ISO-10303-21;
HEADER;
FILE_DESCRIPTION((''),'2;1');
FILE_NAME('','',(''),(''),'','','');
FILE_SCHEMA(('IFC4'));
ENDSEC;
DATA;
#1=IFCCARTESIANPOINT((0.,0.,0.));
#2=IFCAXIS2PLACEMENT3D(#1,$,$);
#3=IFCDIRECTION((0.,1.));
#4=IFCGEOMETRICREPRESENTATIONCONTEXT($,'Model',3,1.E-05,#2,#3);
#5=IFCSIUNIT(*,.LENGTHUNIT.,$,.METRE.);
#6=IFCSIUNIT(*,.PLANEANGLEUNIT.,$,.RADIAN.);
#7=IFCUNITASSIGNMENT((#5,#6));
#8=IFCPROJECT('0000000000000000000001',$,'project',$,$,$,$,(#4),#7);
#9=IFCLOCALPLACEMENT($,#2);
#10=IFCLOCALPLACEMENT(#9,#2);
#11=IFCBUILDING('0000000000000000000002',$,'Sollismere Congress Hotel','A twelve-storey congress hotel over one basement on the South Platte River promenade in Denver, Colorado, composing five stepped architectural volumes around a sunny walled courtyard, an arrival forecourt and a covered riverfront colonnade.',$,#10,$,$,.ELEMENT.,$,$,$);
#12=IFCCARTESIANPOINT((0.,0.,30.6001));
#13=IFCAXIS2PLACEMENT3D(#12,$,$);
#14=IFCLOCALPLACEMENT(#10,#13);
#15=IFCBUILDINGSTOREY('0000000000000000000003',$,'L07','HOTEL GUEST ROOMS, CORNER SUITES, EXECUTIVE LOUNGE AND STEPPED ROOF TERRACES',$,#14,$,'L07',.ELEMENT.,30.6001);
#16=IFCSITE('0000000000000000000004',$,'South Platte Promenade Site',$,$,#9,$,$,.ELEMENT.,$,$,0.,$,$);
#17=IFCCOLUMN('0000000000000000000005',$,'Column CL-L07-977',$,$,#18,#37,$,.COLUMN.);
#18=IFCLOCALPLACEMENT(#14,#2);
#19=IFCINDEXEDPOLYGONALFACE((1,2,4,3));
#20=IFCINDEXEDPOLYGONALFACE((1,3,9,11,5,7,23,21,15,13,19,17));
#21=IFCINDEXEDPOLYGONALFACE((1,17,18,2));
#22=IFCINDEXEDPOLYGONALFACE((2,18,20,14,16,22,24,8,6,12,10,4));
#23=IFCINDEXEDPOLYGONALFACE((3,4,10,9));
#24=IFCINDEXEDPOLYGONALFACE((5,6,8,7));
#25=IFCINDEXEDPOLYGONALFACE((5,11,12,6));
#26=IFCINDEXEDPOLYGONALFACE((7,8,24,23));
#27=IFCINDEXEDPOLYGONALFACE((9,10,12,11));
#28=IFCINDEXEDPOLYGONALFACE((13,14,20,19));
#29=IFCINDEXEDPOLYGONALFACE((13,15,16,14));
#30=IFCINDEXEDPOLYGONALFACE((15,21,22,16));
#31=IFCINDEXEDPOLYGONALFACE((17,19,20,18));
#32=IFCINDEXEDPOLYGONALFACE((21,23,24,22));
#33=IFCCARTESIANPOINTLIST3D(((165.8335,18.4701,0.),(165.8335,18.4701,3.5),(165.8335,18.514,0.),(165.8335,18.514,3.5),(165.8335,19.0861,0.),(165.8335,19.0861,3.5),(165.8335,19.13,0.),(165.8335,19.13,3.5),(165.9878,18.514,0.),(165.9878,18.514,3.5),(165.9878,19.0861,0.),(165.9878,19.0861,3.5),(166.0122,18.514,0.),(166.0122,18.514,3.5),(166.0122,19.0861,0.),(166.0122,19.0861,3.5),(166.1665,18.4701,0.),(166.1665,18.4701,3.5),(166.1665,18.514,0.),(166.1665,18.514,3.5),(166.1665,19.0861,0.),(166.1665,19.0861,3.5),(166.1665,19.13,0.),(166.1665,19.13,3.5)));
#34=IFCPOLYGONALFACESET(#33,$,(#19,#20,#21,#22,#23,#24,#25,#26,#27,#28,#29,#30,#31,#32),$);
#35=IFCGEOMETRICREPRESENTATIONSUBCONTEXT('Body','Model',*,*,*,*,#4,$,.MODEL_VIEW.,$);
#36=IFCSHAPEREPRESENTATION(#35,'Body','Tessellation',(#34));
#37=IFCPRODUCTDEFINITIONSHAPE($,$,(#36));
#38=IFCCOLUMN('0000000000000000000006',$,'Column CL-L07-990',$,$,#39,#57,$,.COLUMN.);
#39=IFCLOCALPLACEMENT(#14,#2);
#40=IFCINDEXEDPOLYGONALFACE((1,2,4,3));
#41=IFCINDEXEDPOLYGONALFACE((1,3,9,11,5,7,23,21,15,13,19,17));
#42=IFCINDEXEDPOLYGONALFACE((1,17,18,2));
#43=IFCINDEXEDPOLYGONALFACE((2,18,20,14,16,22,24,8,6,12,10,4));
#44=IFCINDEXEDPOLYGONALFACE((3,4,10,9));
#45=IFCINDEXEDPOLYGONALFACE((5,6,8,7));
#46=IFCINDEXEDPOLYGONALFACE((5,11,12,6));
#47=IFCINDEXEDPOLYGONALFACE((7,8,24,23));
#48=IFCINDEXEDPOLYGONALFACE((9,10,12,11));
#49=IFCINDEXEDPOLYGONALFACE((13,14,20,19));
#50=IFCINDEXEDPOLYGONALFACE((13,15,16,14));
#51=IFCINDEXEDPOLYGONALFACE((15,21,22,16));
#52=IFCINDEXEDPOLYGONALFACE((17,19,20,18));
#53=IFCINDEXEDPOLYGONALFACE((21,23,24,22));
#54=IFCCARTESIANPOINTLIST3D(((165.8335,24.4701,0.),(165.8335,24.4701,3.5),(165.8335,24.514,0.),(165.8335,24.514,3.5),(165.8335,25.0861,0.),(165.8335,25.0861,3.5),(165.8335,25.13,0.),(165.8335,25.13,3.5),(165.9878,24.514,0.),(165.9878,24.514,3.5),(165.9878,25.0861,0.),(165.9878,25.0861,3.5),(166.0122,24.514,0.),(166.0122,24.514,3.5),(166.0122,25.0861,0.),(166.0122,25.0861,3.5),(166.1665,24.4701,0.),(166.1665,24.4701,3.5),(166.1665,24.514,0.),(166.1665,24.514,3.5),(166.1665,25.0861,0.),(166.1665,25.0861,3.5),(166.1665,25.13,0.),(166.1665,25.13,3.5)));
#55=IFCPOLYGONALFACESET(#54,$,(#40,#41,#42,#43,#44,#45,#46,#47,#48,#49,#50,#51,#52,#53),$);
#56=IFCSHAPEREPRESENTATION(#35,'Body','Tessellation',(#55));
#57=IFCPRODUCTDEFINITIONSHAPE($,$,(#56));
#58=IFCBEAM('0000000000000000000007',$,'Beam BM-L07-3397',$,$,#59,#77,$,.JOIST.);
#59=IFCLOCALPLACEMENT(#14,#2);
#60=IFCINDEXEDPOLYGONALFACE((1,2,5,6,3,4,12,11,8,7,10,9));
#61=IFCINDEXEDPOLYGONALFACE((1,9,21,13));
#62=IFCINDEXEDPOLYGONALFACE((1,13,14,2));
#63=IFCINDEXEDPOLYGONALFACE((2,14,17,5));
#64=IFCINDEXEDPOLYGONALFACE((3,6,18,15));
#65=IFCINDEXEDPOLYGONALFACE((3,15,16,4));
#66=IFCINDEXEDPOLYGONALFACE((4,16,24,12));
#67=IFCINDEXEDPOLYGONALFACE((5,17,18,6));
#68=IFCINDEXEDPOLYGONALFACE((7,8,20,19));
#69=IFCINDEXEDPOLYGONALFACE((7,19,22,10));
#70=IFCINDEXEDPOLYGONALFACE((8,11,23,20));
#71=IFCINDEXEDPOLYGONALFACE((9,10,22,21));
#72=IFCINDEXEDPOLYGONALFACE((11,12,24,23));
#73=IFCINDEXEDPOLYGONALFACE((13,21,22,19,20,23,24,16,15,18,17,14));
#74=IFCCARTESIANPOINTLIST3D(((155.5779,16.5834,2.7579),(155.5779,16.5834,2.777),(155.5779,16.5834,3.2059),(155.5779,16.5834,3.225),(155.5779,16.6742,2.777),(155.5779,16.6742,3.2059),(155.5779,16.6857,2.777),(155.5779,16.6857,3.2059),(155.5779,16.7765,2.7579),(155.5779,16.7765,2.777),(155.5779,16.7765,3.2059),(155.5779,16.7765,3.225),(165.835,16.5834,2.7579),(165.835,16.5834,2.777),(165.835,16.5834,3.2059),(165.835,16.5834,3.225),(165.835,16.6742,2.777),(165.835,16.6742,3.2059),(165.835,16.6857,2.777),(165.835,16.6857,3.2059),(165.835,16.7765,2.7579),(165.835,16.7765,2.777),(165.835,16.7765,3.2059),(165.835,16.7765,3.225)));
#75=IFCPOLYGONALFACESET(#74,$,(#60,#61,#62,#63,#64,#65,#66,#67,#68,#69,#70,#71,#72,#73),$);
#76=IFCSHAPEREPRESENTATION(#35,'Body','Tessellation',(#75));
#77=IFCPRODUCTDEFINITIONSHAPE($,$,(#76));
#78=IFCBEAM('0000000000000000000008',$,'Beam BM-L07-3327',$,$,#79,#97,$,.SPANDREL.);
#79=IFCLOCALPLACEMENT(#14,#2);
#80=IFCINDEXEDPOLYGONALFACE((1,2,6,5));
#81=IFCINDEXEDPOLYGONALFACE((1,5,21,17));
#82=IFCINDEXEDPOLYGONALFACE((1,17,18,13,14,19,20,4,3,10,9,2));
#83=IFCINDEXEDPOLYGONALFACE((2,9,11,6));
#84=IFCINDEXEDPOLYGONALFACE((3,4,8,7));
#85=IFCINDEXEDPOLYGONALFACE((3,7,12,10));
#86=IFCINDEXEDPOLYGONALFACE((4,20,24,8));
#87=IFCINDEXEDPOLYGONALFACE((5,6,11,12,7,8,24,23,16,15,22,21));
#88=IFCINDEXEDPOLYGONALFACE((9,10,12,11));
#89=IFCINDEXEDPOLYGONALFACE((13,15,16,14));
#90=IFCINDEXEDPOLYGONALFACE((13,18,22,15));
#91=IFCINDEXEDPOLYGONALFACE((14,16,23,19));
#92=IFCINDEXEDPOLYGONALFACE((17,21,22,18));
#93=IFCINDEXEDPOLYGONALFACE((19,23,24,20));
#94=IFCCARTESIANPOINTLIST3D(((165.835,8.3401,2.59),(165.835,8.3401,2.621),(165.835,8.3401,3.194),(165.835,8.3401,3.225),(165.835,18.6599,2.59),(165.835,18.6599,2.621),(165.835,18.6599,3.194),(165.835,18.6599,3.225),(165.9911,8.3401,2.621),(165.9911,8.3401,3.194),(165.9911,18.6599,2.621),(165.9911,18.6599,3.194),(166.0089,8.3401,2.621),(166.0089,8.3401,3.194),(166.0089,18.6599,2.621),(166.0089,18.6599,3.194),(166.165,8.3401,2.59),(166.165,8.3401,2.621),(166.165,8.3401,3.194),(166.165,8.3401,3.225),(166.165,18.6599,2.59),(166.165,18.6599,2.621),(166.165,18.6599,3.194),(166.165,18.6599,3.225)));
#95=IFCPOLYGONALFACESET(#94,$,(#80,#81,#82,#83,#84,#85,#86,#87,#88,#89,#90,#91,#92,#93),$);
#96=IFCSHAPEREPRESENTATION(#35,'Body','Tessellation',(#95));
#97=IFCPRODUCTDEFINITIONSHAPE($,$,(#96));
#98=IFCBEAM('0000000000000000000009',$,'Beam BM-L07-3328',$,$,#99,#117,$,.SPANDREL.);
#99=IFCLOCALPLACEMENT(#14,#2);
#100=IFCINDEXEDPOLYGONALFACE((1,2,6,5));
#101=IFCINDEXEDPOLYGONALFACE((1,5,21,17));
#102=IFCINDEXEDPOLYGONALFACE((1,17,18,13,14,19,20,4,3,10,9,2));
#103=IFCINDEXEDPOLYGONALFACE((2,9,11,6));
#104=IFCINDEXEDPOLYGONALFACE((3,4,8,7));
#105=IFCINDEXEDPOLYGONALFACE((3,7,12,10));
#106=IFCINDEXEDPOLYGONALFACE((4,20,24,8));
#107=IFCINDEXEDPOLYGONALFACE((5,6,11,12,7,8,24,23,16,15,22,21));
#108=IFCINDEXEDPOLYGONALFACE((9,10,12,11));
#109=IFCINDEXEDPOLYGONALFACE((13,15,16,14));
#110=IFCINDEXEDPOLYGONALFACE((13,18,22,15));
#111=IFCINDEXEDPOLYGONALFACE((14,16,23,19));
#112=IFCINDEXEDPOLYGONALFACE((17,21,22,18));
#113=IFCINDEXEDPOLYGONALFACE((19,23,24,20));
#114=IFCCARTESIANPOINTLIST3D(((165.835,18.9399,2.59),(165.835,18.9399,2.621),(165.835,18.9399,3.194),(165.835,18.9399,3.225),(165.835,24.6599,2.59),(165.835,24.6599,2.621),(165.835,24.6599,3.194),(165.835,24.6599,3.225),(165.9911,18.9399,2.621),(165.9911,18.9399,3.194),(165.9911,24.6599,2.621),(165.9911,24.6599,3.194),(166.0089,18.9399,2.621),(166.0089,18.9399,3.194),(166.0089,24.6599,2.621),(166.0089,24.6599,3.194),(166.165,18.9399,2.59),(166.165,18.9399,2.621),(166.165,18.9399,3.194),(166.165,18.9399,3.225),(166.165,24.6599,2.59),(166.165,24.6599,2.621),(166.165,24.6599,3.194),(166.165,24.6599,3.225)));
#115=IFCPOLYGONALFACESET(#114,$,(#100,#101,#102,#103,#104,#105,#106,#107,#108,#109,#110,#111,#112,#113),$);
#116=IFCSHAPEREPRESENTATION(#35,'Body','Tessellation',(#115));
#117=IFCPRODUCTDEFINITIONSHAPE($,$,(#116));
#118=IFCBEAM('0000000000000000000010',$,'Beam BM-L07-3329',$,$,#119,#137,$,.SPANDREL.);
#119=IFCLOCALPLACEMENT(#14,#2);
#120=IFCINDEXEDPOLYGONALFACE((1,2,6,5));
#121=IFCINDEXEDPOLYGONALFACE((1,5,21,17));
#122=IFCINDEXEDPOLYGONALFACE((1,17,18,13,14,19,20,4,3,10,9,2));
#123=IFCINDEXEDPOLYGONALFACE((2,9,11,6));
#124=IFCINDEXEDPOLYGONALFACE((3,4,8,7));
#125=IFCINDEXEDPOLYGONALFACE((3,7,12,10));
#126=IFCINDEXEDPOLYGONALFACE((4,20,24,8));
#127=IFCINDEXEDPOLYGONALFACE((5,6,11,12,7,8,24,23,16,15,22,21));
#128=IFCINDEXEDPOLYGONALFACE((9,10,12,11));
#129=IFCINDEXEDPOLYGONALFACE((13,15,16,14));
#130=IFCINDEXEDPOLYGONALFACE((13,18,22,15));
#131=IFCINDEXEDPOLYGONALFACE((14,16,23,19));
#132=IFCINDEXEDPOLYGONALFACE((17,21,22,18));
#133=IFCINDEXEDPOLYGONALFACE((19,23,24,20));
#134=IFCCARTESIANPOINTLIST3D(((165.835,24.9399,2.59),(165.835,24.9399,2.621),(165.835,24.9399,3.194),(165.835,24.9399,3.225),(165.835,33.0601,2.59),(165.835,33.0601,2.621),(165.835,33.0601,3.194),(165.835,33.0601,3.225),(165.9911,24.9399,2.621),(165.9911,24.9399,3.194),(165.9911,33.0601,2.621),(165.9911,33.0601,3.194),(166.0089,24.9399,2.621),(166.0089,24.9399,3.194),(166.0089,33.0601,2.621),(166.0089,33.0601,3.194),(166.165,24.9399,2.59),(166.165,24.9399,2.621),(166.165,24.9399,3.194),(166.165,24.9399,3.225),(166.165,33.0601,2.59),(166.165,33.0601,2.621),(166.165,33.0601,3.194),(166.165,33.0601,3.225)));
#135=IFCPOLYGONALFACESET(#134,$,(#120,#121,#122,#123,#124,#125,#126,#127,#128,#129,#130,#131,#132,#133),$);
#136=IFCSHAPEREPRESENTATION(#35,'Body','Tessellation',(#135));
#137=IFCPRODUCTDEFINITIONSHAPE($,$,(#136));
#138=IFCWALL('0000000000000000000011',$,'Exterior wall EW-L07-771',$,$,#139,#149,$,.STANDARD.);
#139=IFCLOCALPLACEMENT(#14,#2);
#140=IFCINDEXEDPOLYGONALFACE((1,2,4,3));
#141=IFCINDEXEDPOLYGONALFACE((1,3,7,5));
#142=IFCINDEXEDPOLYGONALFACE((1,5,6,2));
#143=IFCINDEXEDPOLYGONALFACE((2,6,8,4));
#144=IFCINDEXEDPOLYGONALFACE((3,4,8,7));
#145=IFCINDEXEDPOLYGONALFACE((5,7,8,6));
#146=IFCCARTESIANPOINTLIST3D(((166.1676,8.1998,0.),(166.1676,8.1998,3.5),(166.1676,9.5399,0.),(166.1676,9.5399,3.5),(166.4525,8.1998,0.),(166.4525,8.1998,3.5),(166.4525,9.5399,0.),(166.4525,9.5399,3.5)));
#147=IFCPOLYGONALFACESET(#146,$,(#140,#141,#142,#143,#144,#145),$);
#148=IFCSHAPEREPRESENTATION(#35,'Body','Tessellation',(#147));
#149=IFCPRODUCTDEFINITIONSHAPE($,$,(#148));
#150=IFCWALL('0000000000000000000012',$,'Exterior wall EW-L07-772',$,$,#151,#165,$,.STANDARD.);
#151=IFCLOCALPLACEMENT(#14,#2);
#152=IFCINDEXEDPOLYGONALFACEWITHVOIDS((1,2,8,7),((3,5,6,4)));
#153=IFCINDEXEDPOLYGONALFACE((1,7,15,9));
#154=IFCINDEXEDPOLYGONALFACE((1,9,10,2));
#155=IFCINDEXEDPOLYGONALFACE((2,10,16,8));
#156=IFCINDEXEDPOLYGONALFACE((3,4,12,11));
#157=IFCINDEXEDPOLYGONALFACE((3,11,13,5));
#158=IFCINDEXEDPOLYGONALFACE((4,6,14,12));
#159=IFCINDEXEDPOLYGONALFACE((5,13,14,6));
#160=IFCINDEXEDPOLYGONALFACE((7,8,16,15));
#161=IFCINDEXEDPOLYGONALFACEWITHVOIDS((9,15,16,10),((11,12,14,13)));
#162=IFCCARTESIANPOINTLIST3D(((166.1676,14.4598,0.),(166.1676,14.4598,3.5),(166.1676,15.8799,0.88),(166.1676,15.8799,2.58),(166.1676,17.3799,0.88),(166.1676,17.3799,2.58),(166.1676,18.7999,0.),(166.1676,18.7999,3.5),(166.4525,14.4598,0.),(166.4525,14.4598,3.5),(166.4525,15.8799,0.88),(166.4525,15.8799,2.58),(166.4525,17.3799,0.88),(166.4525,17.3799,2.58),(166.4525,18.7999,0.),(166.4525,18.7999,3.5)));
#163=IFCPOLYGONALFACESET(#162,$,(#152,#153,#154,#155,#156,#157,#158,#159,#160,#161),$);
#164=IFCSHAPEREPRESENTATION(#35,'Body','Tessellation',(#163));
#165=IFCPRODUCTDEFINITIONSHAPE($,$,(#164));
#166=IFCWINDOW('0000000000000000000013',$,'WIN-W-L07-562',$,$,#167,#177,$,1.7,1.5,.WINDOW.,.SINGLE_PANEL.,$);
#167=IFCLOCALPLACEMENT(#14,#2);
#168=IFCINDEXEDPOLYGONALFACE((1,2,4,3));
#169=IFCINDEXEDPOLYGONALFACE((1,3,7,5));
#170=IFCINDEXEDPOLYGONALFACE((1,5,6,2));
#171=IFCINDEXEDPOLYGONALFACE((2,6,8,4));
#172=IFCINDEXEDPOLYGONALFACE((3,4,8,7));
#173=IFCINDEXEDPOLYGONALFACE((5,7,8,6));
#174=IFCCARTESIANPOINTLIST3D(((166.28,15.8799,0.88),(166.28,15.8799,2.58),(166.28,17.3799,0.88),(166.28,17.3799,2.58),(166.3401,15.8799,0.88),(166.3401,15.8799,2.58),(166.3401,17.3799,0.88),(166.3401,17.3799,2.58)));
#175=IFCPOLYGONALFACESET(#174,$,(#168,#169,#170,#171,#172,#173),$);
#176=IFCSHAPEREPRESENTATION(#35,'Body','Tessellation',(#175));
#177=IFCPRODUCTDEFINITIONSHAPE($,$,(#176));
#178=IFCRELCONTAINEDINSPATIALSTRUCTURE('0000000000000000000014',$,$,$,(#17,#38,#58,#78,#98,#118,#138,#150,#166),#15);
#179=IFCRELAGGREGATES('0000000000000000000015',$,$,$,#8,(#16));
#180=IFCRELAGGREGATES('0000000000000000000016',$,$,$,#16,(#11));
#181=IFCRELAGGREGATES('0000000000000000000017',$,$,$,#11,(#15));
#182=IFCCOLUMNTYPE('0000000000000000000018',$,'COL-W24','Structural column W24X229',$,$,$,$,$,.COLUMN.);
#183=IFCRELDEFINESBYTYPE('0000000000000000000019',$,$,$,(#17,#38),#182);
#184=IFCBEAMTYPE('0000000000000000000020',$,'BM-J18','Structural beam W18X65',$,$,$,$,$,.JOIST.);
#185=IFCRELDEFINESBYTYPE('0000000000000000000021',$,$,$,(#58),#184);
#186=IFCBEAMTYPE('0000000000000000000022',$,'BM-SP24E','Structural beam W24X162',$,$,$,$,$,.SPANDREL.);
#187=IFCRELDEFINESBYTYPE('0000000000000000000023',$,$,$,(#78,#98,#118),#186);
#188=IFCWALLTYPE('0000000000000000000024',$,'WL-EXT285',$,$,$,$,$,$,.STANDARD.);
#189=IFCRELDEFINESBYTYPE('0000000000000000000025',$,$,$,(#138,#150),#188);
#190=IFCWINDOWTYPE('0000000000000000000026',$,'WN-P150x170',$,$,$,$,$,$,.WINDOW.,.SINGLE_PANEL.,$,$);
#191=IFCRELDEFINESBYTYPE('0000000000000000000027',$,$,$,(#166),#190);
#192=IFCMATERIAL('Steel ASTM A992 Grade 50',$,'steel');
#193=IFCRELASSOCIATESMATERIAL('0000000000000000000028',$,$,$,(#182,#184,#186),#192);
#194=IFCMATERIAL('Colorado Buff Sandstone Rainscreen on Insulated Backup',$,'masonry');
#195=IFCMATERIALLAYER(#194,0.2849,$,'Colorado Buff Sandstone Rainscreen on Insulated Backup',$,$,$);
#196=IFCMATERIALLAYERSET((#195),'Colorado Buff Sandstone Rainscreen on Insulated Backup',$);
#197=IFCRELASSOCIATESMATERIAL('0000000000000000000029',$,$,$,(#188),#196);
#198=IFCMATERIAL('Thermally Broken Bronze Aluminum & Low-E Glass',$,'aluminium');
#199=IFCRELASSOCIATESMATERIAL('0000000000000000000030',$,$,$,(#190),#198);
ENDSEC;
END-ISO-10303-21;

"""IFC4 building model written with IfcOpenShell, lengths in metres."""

from ifc_helpers import new_model, si_unit, direction, frame, frame_2d, origin, origin_2d, place, context, subcontext, project, spatial, rectangle, i_section, extrude, material, layer, layer_set, material_profile, profile_set, type_object, element, fill, save


model = new_model("IFC4")

# Units and contexts
model_context = context("Model", 3, precision=1e-05, world=origin(), true_north=direction((0.0, 1.0)))
body_context = subcontext(model_context, "Body", "Model", "MODEL_VIEW")
ifc_project = project(units=[si_unit("LENGTHUNIT", "METRE"), si_unit("PLANEANGLEUNIT", "RADIAN")], contexts=[model_context])

# Site, building, storey
site_placement = place(None, origin())
site = spatial("IfcSite", under=ifc_project, at=site_placement, Name="South Platte Promenade Site", CompositionType="ELEMENT", RefElevation=0.0)
building_placement = place(site_placement, origin())
building = spatial("IfcBuilding", under=site, at=building_placement, Name="Sollismere Congress Hotel", Description="A twelve-storey congress hotel over one basement on the South Platte River promenade in Denver, Colorado, composing five stepped architectural volumes around a sunny walled courtyard, an arrival forecourt and a covered riverfront colonnade.", CompositionType="ELEMENT")
storey_placement = place(building_placement, frame((0.0, 0.0, 30.6001)))
storey = spatial("IfcBuildingStorey", under=building, at=storey_placement, Name="L07", Description="HOTEL GUEST ROOMS, CORNER SUITES, EXECUTIVE LOUNGE AND STEPPED ROOF TERRACES", LongName="L07", CompositionType="ELEMENT", Elevation=30.6001)

# Columns
ifc_material_1 = material(Name="Steel ASTM A992 Grade 50", Category="steel")
ifc_material_profile_1 = material_profile(ifc_material_1, i_section(OverallWidth=0.333, OverallDepth=0.6599, WebThickness=0.0244, FlangeThickness=0.0439, at=origin_2d()), Name="W24X229")
ifc_profile_set_1 = profile_set([ifc_material_profile_1], Name="Steel ASTM A992 Grade 50")
column_type = type_object("IfcColumnType", Name="COL-W24", Description="Structural column W24X229", PredefinedType="COLUMN", material=ifc_profile_set_1)
for number, where, z_axis, x_axis, name in (
    (1, (166.0, 18.8, 0.0), (0.0, 0.0, 1.0), (1.0, 0.0, 0.0), "Column CL-L07-977"),
    (2, (166.0, 24.8, 0.0), (0.0, 0.0, 1.0), (1.0, 0.0, 0.0), "Column CL-L07-990"),
):
    element("IfcColumn", number, at=place(storey_placement, frame(where, z_axis=z_axis, x_axis=x_axis)), inside=storey, type_object=column_type, Name=name, PredefinedType="COLUMN", context=body_context, shape_type="SweptSolid", body=[
        extrude(i_section(OverallWidth=0.333, OverallDepth=0.6599, WebThickness=0.0244, FlangeThickness=0.0439, at=origin_2d()), origin(), (0.0, 0.0, 1.0), 3.5),
    ])

# Beams
ifc_material_profile_2 = material_profile(ifc_material_1, i_section(OverallWidth=0.1931, OverallDepth=0.467, WebThickness=0.0115, FlangeThickness=0.019, at=origin_2d()), Name="W18X65")
ifc_profile_set_2 = profile_set([ifc_material_profile_2], Name="Steel ASTM A992 Grade 50")
beam_type_1 = type_object("IfcBeamType", Name="BM-J18", Description="Structural beam W18X65", PredefinedType="JOIST", material=ifc_profile_set_2)
beam_1_placement = place(storey_placement, frame((155.5779, 16.6799, 2.9915), z_axis=(1.0, 0.0, 0.0), x_axis=(0.0, 1.0, 0.0)))
element("IfcBeam", 3, at=beam_1_placement, inside=storey, type_object=beam_type_1, Name="Beam BM-L07-3397", PredefinedType="JOIST", context=body_context, shape_type="SweptSolid", body=[
    extrude(i_section(OverallWidth=0.1931, OverallDepth=0.467, WebThickness=0.0115, FlangeThickness=0.019, at=origin_2d()), origin(), (0.0, 0.0, 1.0), 10.2571),
])
ifc_material_profile_3 = material_profile(ifc_material_1, i_section(OverallWidth=0.3301, OverallDepth=0.635, WebThickness=0.0178, FlangeThickness=0.031, at=origin_2d()), Name="W24X162")
ifc_profile_set_3 = profile_set([ifc_material_profile_3], Name="Steel ASTM A992 Grade 50")
beam_type_2 = type_object("IfcBeamType", Name="BM-SP24E", Description="Structural beam W24X162", PredefinedType="SPANDREL", material=ifc_profile_set_3)
beam_2_placement = place(storey_placement, frame((166.0, 8.3401, 2.9075), z_axis=(0.0, 1.0, 0.0), x_axis=(-1.0, 0.0, 0.0)))
element("IfcBeam", 4, at=beam_2_placement, inside=storey, type_object=beam_type_2, Name="Beam BM-L07-3327", PredefinedType="SPANDREL", context=body_context, shape_type="SweptSolid", body=[
    extrude(i_section(OverallWidth=0.3301, OverallDepth=0.635, WebThickness=0.0178, FlangeThickness=0.031, at=origin_2d()), origin(), (0.0, 0.0, 1.0), 10.3198),
])
beam_3_placement = place(storey_placement, frame((166.0, 18.9399, 2.9075), z_axis=(0.0, 1.0, 0.0), x_axis=(-1.0, 0.0, 0.0)))
element("IfcBeam", 5, at=beam_3_placement, inside=storey, type_object=beam_type_2, Name="Beam BM-L07-3328", PredefinedType="SPANDREL", context=body_context, shape_type="SweptSolid", body=[
    extrude(i_section(OverallWidth=0.3301, OverallDepth=0.635, WebThickness=0.0178, FlangeThickness=0.031, at=origin_2d()), origin(), (0.0, 0.0, 1.0), 5.72),
])
beam_4_placement = place(storey_placement, frame((166.0, 24.9399, 2.9075), z_axis=(0.0, 1.0, 0.0), x_axis=(-1.0, 0.0, 0.0)))
element("IfcBeam", 6, at=beam_4_placement, inside=storey, type_object=beam_type_2, Name="Beam BM-L07-3329", PredefinedType="SPANDREL", context=body_context, shape_type="SweptSolid", body=[
    extrude(i_section(OverallWidth=0.3301, OverallDepth=0.635, WebThickness=0.0178, FlangeThickness=0.031, at=origin_2d()), origin(), (0.0, 0.0, 1.0), 8.1201),
])

# Wall
ifc_material_2 = material(Name="Colorado Buff Sandstone Rainscreen on Insulated Backup", Category="masonry")
ifc_layer_1 = layer(ifc_material_2, 0.2849, Name="Colorado Buff Sandstone Rainscreen on Insulated Backup")
ifc_layer_set_1 = layer_set([ifc_layer_1], Name="Colorado Buff Sandstone Rainscreen on Insulated Backup")
wall_type_1 = type_object("IfcWallType", Name="WL-EXT285", PredefinedType="STANDARD", material=ifc_layer_set_1)
wall_1_placement = place(storey_placement, frame((166.3101, 8.2, 0.0), z_axis=(0.0, 0.0, 1.0), x_axis=(0.0, 1.0, 0.0)))
element("IfcWall", 7, at=wall_1_placement, inside=storey, type_object=wall_type_1, Name="Exterior wall EW-L07-771", PredefinedType="STANDARD", context=body_context, shape_type="SweptSolid", body=[
    extrude(rectangle(XDim=1.3401, YDim=0.2849, at=frame_2d((0.6699, 0.0))), origin(), (0.0, 0.0, 1.0), 3.5),
])

# Wall, opening, window
wall_2_placement = place(storey_placement, frame((166.3101, 14.46, 0.0), z_axis=(0.0, 0.0, 1.0), x_axis=(0.0, 1.0, 0.0)))
wall_2 = element("IfcWall", 8, at=wall_2_placement, inside=storey, type_object=wall_type_1, Name="Exterior wall EW-L07-772", PredefinedType="STANDARD", context=body_context, shape_type="SweptSolid", body=[
    extrude(rectangle(XDim=4.3401, YDim=0.2849, at=frame_2d((2.1699, 0.0))), origin(), (0.0, 0.0, 1.0), 3.5),
])
opening_1_placement = place(wall_2_placement, frame((1.4199, 0.0, 0.8799)))
opening_1 = element("IfcOpeningElement", 9, at=opening_1_placement, cuts=wall_2, PredefinedType="OPENING", context=body_context, shape_type="SweptSolid", body=[
    extrude(rectangle(XDim=1.5, YDim=1.7, at=frame_2d((0.75, 0.8501))), frame((0.0, 0.1523, 0.0), z_axis=(0.0, -1.0, 0.0), x_axis=(1.0, 0.0, 0.0)), (0.0, 0.0, 1.0), 0.3049),
])
ifc_material_3 = material(Name="Thermally Broken Bronze Aluminum & Low-E Glass", Category="aluminium")
window_type_1 = type_object("IfcWindowType", Name="WN-P150x170", PartitioningType="SINGLE_PANEL", PredefinedType="WINDOW", material=ifc_material_3)
window_1_placement = place(opening_1_placement, origin())
window_1 = element("IfcWindow", 10, at=window_1_placement, inside=storey, type_object=window_type_1, Name="WIN-W-L07-562", OverallHeight=1.7, OverallWidth=1.5, PartitioningType="SINGLE_PANEL", PredefinedType="WINDOW", context=body_context, shape_type="SweptSolid", body=[
    extrude(rectangle(XDim=1.5, YDim=1.7, at=frame_2d((0.75, 0.8501))), frame((0.0, 0.03, 0.0), z_axis=(0.0, -1.0, 0.0), x_axis=(1.0, 0.0, 0.0)), (0.0, 0.0, 1.0), 0.0601),
])
fill(opening_1, window_1)

save(model, "model.ifc")
